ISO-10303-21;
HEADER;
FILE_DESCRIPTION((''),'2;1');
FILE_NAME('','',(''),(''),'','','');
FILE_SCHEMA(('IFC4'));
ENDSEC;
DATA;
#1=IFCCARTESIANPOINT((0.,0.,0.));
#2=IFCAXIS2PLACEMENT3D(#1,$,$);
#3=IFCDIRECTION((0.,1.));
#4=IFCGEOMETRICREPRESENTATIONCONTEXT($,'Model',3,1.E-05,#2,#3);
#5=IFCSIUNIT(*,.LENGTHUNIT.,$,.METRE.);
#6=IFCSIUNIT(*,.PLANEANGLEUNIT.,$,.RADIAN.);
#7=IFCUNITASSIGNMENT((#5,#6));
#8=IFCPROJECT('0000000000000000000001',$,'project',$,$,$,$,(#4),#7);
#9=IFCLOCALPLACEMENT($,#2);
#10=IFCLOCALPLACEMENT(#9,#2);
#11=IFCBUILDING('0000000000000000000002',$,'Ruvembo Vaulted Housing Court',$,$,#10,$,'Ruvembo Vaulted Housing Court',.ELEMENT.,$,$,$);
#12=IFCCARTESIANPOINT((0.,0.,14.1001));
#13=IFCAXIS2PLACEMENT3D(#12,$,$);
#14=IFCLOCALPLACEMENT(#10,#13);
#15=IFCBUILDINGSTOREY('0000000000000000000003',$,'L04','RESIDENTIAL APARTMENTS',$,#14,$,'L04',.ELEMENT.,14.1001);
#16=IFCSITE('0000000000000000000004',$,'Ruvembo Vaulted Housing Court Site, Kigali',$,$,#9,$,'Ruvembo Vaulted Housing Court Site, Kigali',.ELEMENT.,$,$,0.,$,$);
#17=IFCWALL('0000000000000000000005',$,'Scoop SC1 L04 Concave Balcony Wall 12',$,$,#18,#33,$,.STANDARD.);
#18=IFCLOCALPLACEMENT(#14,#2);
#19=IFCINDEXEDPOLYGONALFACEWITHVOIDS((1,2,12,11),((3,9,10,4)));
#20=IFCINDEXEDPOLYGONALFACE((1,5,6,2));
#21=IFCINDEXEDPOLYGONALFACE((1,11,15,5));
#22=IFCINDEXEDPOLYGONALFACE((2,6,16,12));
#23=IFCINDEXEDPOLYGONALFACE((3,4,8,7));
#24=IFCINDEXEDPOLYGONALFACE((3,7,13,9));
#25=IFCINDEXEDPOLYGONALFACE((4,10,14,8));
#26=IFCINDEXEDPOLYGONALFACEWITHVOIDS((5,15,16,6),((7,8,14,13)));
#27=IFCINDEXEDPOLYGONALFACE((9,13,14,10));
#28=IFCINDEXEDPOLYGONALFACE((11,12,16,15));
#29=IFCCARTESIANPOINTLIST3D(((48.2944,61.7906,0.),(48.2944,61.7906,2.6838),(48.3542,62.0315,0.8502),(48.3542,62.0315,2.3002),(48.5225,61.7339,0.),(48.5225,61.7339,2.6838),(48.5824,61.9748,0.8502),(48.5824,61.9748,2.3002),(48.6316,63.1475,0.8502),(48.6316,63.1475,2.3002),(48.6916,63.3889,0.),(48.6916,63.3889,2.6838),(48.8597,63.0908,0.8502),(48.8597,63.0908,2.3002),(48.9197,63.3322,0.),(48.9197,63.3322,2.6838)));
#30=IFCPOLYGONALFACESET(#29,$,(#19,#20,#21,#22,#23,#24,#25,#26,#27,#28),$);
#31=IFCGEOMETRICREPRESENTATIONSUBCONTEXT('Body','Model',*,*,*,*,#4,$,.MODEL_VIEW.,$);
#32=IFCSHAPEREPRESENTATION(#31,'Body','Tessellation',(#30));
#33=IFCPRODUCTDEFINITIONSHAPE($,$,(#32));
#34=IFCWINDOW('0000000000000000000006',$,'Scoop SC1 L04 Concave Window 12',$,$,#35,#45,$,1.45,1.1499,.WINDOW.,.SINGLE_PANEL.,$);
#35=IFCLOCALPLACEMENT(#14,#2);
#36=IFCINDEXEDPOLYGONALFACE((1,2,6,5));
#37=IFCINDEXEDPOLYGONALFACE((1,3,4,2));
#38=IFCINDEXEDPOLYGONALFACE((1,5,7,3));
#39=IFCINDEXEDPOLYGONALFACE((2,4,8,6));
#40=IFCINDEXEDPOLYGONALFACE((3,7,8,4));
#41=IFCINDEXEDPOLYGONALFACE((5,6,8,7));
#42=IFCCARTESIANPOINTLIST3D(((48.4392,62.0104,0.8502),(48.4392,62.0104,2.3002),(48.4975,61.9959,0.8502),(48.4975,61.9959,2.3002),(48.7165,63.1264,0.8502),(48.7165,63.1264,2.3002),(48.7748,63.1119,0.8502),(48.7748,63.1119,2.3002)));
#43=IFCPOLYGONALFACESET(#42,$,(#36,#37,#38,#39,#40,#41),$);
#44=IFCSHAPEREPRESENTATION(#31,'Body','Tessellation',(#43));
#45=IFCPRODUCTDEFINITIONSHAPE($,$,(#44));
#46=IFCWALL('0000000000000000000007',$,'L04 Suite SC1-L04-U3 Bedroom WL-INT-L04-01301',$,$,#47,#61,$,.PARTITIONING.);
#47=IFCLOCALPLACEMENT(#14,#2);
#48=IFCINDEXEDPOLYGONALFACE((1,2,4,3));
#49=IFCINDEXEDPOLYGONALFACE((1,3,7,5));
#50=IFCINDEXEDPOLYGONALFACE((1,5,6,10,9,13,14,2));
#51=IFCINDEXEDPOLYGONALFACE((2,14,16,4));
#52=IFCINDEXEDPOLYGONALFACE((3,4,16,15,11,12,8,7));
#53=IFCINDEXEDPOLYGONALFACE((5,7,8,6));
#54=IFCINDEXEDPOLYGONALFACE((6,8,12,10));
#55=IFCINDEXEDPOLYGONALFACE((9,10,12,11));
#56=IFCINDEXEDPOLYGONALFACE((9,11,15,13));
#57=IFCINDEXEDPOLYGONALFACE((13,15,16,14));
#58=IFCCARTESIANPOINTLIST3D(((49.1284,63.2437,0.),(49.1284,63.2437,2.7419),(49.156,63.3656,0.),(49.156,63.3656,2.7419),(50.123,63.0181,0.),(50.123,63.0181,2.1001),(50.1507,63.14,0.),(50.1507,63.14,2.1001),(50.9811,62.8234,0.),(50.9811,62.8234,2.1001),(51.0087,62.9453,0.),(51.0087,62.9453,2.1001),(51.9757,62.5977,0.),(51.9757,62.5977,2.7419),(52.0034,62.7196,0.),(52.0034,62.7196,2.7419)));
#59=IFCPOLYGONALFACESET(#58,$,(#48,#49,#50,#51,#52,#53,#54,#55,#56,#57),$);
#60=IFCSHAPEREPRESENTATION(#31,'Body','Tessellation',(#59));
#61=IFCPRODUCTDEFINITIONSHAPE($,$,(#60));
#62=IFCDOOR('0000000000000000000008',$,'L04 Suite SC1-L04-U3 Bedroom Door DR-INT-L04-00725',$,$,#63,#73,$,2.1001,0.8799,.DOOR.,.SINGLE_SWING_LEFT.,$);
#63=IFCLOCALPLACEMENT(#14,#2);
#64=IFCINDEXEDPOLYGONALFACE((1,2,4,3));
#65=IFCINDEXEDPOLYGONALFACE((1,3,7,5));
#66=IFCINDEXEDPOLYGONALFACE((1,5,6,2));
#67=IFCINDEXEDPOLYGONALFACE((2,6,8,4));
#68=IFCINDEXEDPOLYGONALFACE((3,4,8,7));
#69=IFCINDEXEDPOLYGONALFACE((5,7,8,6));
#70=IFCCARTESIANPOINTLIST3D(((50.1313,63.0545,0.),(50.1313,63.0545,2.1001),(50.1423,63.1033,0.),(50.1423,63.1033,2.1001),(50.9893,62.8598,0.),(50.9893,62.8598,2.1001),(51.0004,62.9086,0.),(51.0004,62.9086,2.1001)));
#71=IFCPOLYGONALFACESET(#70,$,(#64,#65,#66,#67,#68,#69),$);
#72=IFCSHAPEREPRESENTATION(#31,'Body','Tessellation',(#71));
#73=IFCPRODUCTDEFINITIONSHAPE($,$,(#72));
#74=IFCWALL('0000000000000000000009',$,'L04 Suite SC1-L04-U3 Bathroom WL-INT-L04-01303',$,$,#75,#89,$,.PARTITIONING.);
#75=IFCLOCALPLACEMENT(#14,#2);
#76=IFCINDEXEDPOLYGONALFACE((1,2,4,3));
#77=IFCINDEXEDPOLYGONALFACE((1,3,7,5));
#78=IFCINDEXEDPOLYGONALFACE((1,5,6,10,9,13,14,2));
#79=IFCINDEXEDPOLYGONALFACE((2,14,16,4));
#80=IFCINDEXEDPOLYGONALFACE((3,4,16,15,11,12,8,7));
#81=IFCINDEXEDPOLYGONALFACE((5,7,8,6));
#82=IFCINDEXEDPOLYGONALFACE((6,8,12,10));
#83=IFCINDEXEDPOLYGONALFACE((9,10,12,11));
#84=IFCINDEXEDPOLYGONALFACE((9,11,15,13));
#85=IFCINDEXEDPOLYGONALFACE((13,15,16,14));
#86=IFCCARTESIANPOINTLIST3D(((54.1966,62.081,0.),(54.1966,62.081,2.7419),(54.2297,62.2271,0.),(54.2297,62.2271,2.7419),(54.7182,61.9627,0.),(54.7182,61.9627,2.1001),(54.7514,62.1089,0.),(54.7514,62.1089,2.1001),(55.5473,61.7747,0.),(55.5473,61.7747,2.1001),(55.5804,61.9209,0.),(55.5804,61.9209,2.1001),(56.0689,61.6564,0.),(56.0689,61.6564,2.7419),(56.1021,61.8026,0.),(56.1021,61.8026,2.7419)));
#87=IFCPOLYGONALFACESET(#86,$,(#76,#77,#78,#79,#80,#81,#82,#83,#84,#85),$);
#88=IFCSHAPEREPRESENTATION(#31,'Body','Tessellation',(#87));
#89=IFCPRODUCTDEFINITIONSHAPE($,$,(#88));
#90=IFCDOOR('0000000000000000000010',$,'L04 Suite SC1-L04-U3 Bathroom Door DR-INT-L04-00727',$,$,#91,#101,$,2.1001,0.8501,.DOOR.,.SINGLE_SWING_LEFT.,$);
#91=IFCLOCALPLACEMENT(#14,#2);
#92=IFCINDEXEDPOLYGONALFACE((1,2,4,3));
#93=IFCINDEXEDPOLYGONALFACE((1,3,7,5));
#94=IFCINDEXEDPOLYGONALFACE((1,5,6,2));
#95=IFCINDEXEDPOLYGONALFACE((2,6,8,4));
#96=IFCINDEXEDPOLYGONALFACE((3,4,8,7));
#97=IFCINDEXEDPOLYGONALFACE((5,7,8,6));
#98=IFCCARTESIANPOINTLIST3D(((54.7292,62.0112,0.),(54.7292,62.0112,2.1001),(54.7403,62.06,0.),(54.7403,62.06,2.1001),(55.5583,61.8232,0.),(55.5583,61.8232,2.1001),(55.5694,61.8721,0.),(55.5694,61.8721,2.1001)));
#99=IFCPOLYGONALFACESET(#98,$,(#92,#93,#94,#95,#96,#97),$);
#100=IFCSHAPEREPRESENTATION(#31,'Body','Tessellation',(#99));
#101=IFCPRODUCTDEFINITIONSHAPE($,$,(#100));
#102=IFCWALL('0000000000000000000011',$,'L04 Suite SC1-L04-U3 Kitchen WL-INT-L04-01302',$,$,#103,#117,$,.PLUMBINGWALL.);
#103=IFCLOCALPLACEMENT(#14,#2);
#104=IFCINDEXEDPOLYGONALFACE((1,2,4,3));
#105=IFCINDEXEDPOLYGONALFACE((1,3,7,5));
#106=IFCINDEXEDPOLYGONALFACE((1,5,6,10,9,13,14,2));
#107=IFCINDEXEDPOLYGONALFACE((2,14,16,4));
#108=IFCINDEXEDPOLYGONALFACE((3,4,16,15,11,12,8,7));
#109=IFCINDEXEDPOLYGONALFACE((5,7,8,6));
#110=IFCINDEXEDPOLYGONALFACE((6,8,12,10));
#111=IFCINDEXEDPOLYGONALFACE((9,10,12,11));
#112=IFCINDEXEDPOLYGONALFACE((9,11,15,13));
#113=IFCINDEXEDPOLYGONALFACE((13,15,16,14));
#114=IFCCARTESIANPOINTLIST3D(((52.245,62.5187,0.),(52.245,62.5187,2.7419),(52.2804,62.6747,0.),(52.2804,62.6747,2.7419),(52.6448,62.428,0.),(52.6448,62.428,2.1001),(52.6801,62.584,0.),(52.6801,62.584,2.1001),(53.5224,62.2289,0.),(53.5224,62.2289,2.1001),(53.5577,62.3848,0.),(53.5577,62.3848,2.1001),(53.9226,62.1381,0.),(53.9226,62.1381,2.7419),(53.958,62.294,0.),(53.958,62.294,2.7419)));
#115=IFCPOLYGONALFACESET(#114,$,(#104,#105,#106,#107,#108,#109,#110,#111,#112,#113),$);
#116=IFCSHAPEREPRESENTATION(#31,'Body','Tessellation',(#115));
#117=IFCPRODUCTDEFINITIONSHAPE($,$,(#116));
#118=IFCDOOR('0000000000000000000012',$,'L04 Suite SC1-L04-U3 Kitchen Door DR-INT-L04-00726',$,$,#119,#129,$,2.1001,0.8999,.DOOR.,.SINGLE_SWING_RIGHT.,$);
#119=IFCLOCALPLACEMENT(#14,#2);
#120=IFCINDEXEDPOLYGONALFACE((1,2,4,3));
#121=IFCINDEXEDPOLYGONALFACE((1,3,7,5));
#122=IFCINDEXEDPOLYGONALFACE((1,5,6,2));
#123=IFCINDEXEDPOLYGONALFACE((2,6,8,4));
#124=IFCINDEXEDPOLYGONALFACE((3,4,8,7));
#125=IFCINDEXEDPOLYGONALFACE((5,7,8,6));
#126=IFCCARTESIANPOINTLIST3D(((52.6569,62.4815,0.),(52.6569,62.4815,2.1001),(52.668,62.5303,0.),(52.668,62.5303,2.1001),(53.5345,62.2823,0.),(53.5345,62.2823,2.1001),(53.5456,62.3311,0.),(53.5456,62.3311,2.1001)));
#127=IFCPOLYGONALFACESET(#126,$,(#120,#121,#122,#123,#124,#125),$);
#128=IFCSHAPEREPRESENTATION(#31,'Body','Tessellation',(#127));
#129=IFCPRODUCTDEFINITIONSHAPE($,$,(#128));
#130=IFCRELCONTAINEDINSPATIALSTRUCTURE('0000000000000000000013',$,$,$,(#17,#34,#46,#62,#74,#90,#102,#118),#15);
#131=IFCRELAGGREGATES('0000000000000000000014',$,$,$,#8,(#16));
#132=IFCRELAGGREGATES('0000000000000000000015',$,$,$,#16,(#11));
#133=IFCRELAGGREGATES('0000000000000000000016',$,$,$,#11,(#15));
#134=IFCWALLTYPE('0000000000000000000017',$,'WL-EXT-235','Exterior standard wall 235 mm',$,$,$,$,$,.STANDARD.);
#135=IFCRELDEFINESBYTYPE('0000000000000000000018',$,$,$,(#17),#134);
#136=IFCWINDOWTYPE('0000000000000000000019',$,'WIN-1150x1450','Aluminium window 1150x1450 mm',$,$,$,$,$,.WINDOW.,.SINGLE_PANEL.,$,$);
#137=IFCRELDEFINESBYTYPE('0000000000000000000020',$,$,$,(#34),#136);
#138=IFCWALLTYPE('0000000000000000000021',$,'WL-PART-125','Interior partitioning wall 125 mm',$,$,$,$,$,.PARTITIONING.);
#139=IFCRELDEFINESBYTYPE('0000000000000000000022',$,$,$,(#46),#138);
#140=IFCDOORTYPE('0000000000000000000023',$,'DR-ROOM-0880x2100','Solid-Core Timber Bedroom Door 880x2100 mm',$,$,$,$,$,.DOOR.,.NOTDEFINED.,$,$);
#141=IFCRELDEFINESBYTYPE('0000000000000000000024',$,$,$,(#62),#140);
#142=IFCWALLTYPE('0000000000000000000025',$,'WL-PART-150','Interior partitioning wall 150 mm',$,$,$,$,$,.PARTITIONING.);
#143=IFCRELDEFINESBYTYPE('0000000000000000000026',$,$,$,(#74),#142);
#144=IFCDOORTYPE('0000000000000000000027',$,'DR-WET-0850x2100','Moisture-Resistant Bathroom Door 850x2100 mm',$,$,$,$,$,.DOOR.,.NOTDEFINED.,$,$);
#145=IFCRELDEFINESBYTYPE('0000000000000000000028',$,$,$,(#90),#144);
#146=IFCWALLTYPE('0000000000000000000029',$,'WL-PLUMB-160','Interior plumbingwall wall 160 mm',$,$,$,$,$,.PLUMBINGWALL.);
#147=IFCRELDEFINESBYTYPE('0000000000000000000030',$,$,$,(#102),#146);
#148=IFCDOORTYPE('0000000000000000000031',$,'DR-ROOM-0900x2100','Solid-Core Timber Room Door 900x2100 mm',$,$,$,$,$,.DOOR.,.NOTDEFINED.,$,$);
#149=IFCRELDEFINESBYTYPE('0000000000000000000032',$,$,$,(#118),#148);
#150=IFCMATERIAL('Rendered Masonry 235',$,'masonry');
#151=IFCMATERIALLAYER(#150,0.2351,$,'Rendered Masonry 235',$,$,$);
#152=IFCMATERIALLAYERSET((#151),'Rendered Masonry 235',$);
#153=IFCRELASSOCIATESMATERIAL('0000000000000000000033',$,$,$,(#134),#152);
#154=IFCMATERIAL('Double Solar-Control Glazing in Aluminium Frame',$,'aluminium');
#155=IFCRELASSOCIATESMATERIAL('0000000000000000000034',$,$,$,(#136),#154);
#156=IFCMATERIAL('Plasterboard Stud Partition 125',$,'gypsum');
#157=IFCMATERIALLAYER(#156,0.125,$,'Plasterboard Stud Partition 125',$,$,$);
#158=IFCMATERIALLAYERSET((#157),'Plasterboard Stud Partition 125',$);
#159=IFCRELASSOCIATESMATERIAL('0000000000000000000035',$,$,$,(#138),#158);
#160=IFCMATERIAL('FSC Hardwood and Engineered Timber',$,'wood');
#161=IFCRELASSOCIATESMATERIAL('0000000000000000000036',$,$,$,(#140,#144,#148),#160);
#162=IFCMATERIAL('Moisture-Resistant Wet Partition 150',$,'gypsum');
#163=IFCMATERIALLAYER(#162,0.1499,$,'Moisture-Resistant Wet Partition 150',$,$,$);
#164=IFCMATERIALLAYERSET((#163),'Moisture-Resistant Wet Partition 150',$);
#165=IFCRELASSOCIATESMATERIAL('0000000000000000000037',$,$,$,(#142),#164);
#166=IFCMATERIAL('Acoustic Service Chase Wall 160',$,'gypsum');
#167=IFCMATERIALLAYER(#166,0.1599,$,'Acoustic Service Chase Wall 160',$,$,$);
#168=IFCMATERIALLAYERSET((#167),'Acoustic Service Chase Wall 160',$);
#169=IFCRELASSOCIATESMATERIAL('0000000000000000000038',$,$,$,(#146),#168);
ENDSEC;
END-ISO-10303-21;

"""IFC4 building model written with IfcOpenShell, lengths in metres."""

from ifc_helpers import new_model, si_unit, direction, frame, frame_2d, origin, place, context, subcontext, project, spatial, rectangle, extrude, material, layer, layer_set, type_object, element, fill, save


model = new_model("IFC4")

# Units and contexts
model_context = context("Model", 3, precision=1e-05, world=origin(), true_north=direction((0.0, 1.0)))
body_context = subcontext(model_context, "Body", "Model", "MODEL_VIEW")
ifc_project = project(units=[si_unit("LENGTHUNIT", "METRE"), si_unit("PLANEANGLEUNIT", "RADIAN")], contexts=[model_context])

# Site, building, storey
site_placement = place(None, origin())
site = spatial("IfcSite", under=ifc_project, at=site_placement, Name="Ruvembo Vaulted Housing Court Site, Kigali", LongName="Ruvembo Vaulted Housing Court Site, Kigali", CompositionType="ELEMENT", RefElevation=0.0)
building_placement = place(site_placement, origin())
building = spatial("IfcBuilding", under=site, at=building_placement, Name="Ruvembo Vaulted Housing Court", LongName="Ruvembo Vaulted Housing Court", CompositionType="ELEMENT")
storey_placement = place(building_placement, frame((0.0, 0.0, 14.1001)))
storey = spatial("IfcBuildingStorey", under=building, at=storey_placement, Name="L04", Description="RESIDENTIAL APARTMENTS", LongName="L04", CompositionType="ELEMENT", Elevation=14.1001)

# Shared definitions
ifc_material_1 = material(Name="FSC Hardwood and Engineered Timber", Category="wood")

# Wall, opening, window
ifc_material_2 = material(Name="Rendered Masonry 235", Category="masonry")
ifc_layer_1 = layer(ifc_material_2, 0.2351, Name="Rendered Masonry 235")
ifc_layer_set_1 = layer_set([ifc_layer_1], Name="Rendered Masonry 235")
wall_type_1 = type_object("IfcWallType", Name="WL-EXT-235", Description="Exterior standard wall 235 mm", PredefinedType="STANDARD", material=ifc_layer_set_1)
wall_1_placement = place(storey_placement, frame((48.4084, 61.7622, 0.0), z_axis=(0.0, 0.0, 1.0), x_axis=(0.241175, 0.970482, 0.0)))
wall_1 = element("IfcWall", 1, at=wall_1_placement, inside=storey, type_object=wall_type_1, Name="Scoop SC1 L04 Concave Balcony Wall 12", PredefinedType="STANDARD", context=body_context, shape_type="SweptSolid", body=[
    extrude(rectangle(XDim=1.647, YDim=0.2351, at=frame_2d((0.8235, 0.0))), origin(), (0.0, 0.0, 1.0), 2.6838),
])
opening_1_placement = place(wall_1_placement, frame((0.2483, 0.0, 0.8501)))
opening_1 = element("IfcOpeningElement", 2, at=opening_1_placement, cuts=wall_1, PredefinedType="OPENING", context=body_context, shape_type="SweptSolid", body=[
    extrude(rectangle(XDim=1.1499, YDim=1.45, at=frame_2d((0.575, 0.7251))), frame((0.0, 0.1274, 0.0), z_axis=(0.0, -1.0, 0.0), x_axis=(1.0, 0.0, 0.0)), (0.0, 0.0, 1.0), 0.2551),
])
ifc_material_3 = material(Name="Double Solar-Control Glazing in Aluminium Frame", Category="aluminium")
window_type = type_object("IfcWindowType", Name="WIN-1150x1450", Description="Aluminium window 1150x1450 mm", PartitioningType="SINGLE_PANEL", PredefinedType="WINDOW", material=ifc_material_3)
window_placement = place(opening_1_placement, origin())
window = element("IfcWindow", 3, at=window_placement, inside=storey, type_object=window_type, Name="Scoop SC1 L04 Concave Window 12", OverallHeight=1.45, OverallWidth=1.1499, PartitioningType="SINGLE_PANEL", PredefinedType="WINDOW", context=body_context, shape_type="SweptSolid", body=[
    extrude(rectangle(XDim=1.1499, YDim=1.45, at=frame_2d((0.575, 0.7251))), frame((0.0, 0.03, 0.0), z_axis=(0.0, -1.0, 0.0), x_axis=(1.0, 0.0, 0.0)), (0.0, 0.0, 1.0), 0.0601),
])
fill(opening_1, window)

# Walls, openings, doors
ifc_material_4 = material(Name="Plasterboard Stud Partition 125", Category="gypsum")
ifc_layer_2 = layer(ifc_material_4, 0.125, Name="Plasterboard Stud Partition 125")
ifc_layer_set_2 = layer_set([ifc_layer_2], Name="Plasterboard Stud Partition 125")
wall_type_2 = type_object("IfcWallType", Name="WL-PART-125", Description="Interior partitioning wall 125 mm", PredefinedType="PARTITIONING", material=ifc_layer_set_2)
wall_2_placement = place(storey_placement, frame((49.1421, 63.3047, 0.0), z_axis=(0.0, 0.0, 1.0), x_axis=(0.975217, -0.221249, 0.0)))
wall_2 = element("IfcWall", 4, at=wall_2_placement, inside=storey, type_object=wall_type_2, Name="L04 Suite SC1-L04-U3 Bedroom WL-INT-L04-01301", PredefinedType="PARTITIONING", context=body_context, shape_type="SweptSolid", body=[
    extrude(rectangle(XDim=2.9197, YDim=0.125, at=frame_2d((1.46, 0.0))), origin(), (0.0, 0.0, 1.0), 2.7419),
])
opening_2_placement = place(wall_2_placement, frame((1.02, 0.0, 0.0)))
opening_2 = element("IfcOpeningElement", 5, at=opening_2_placement, cuts=wall_2, PredefinedType="OPENING", context=body_context, shape_type="SweptSolid", body=[
    extrude(rectangle(XDim=0.8799, YDim=2.1001, at=frame_2d((0.4399, 1.05))), frame((0.0, 0.0725, 0.0), z_axis=(0.0, -1.0, 0.0), x_axis=(1.0, 0.0, 0.0)), (0.0, 0.0, 1.0), 0.145),
])
door_type_1 = type_object("IfcDoorType", Name="DR-ROOM-0880x2100", Description="Solid-Core Timber Bedroom Door 880x2100 mm", OperationType="NOTDEFINED", PredefinedType="DOOR", material=ifc_material_1)
door_1_placement = place(opening_2_placement, origin())
door_1 = element("IfcDoor", 6, at=door_1_placement, inside=storey, type_object=door_type_1, Name="L04 Suite SC1-L04-U3 Bedroom Door DR-INT-L04-00725", OperationType="SINGLE_SWING_LEFT", OverallHeight=2.1001, OverallWidth=0.8799, PredefinedType="DOOR", context=body_context, shape_type="SweptSolid", body=[
    extrude(rectangle(XDim=0.8799, YDim=2.1001, at=frame_2d((0.4399, 1.05))), frame((0.0, 0.0249, 0.0), z_axis=(0.0, -1.0, 0.0), x_axis=(1.0, 0.0, 0.0)), (0.0, 0.0, 1.0), 0.05),
])
fill(opening_2, door_1)
ifc_material_5 = material(Name="Moisture-Resistant Wet Partition 150", Category="gypsum")
ifc_layer_3 = layer(ifc_material_5, 0.1499, Name="Moisture-Resistant Wet Partition 150")
ifc_layer_set_3 = layer_set([ifc_layer_3], Name="Moisture-Resistant Wet Partition 150")
wall_type_3 = type_object("IfcWallType", Name="WL-PART-150", Description="Interior partitioning wall 150 mm", PredefinedType="PARTITIONING", material=ifc_layer_set_3)
wall_3_placement = place(storey_placement, frame((54.2131, 62.1541, 0.0), z_axis=(0.0, 0.0, 1.0), x_axis=(0.975241, -0.221143, 0.0)))
wall_3 = element("IfcWall", 7, at=wall_3_placement, inside=storey, type_object=wall_type_3, Name="L04 Suite SC1-L04-U3 Bathroom WL-INT-L04-01303", PredefinedType="PARTITIONING", context=body_context, shape_type="SweptSolid", body=[
    extrude(rectangle(XDim=1.9199, YDim=0.1499, at=frame_2d((0.96, 0.0))), origin(), (0.0, 0.0, 1.0), 2.7419),
])
opening_3_placement = place(wall_3_placement, frame((0.5349, 0.0, 0.0)))
opening_3 = element("IfcOpeningElement", 8, at=opening_3_placement, cuts=wall_3, PredefinedType="OPENING", context=body_context, shape_type="SweptSolid", body=[
    extrude(rectangle(XDim=0.8501, YDim=2.1001, at=frame_2d((0.425, 1.05))), frame((0.0, 0.085, 0.0), z_axis=(0.0, -1.0, 0.0), x_axis=(1.0, 0.0, 0.0)), (0.0, 0.0, 1.0), 0.1699),
])
door_type_2 = type_object("IfcDoorType", Name="DR-WET-0850x2100", Description="Moisture-Resistant Bathroom Door 850x2100 mm", OperationType="NOTDEFINED", PredefinedType="DOOR", material=ifc_material_1)
door_2_placement = place(opening_3_placement, origin())
door_2 = element("IfcDoor", 9, at=door_2_placement, inside=storey, type_object=door_type_2, Name="L04 Suite SC1-L04-U3 Bathroom Door DR-INT-L04-00727", OperationType="SINGLE_SWING_LEFT", OverallHeight=2.1001, OverallWidth=0.8501, PredefinedType="DOOR", context=body_context, shape_type="SweptSolid", body=[
    extrude(rectangle(XDim=0.8501, YDim=2.1001, at=frame_2d((0.425, 1.05))), frame((0.0, 0.0249, 0.0), z_axis=(0.0, -1.0, 0.0), x_axis=(1.0, 0.0, 0.0)), (0.0, 0.0, 1.0), 0.05),
])
fill(opening_3, door_2)
ifc_material_6 = material(Name="Acoustic Service Chase Wall 160", Category="gypsum")
ifc_layer_4 = layer(ifc_material_6, 0.1599, Name="Acoustic Service Chase Wall 160")
ifc_layer_set_4 = layer_set([ifc_layer_4], Name="Acoustic Service Chase Wall 160")
wall_type_4 = type_object("IfcWallType", Name="WL-PLUMB-160", Description="Interior plumbingwall wall 160 mm", PredefinedType="PLUMBINGWALL", material=ifc_layer_set_4)
wall_4_placement = place(storey_placement, frame((52.2627, 62.5967, 0.0), z_axis=(0.0, 0.0, 1.0), x_axis=(0.975212, -0.221271, 0.0)))
wall_4 = element("IfcWall", 10, at=wall_4_placement, inside=storey, type_object=wall_type_4, Name="L04 Suite SC1-L04-U3 Kitchen WL-INT-L04-01302", PredefinedType="PLUMBINGWALL", context=body_context, shape_type="SweptSolid", body=[
    extrude(rectangle(XDim=1.7202, YDim=0.1599, at=frame_2d((0.8601, 0.0))), origin(), (0.0, 0.0, 1.0), 2.7419),
])
opening_4_placement = place(wall_4_placement, frame((0.4099, 0.0, 0.0)))
opening_4 = element("IfcOpeningElement", 11, at=opening_4_placement, cuts=wall_4, PredefinedType="OPENING", context=body_context, shape_type="SweptSolid", body=[
    extrude(rectangle(XDim=0.8999, YDim=2.1001, at=frame_2d((0.45, 1.05))), frame((0.0, 0.0898, 0.0), z_axis=(0.0, -1.0, 0.0), x_axis=(1.0, 0.0, 0.0)), (0.0, 0.0, 1.0), 0.1799),
])
door_type_3 = type_object("IfcDoorType", Name="DR-ROOM-0900x2100", Description="Solid-Core Timber Room Door 900x2100 mm", OperationType="NOTDEFINED", PredefinedType="DOOR", material=ifc_material_1)
door_3_placement = place(opening_4_placement, origin())
door_3 = element("IfcDoor", 12, at=door_3_placement, inside=storey, type_object=door_type_3, Name="L04 Suite SC1-L04-U3 Kitchen Door DR-INT-L04-00726", OperationType="SINGLE_SWING_RIGHT", OverallHeight=2.1001, OverallWidth=0.8999, PredefinedType="DOOR", context=body_context, shape_type="SweptSolid", body=[
    extrude(rectangle(XDim=0.8999, YDim=2.1001, at=frame_2d((0.45, 1.05))), frame((0.0, 0.0249, 0.0), z_axis=(0.0, -1.0, 0.0), x_axis=(1.0, 0.0, 0.0)), (0.0, 0.0, 1.0), 0.05),
])
fill(opening_4, door_3)

save(model, "model.ifc")
